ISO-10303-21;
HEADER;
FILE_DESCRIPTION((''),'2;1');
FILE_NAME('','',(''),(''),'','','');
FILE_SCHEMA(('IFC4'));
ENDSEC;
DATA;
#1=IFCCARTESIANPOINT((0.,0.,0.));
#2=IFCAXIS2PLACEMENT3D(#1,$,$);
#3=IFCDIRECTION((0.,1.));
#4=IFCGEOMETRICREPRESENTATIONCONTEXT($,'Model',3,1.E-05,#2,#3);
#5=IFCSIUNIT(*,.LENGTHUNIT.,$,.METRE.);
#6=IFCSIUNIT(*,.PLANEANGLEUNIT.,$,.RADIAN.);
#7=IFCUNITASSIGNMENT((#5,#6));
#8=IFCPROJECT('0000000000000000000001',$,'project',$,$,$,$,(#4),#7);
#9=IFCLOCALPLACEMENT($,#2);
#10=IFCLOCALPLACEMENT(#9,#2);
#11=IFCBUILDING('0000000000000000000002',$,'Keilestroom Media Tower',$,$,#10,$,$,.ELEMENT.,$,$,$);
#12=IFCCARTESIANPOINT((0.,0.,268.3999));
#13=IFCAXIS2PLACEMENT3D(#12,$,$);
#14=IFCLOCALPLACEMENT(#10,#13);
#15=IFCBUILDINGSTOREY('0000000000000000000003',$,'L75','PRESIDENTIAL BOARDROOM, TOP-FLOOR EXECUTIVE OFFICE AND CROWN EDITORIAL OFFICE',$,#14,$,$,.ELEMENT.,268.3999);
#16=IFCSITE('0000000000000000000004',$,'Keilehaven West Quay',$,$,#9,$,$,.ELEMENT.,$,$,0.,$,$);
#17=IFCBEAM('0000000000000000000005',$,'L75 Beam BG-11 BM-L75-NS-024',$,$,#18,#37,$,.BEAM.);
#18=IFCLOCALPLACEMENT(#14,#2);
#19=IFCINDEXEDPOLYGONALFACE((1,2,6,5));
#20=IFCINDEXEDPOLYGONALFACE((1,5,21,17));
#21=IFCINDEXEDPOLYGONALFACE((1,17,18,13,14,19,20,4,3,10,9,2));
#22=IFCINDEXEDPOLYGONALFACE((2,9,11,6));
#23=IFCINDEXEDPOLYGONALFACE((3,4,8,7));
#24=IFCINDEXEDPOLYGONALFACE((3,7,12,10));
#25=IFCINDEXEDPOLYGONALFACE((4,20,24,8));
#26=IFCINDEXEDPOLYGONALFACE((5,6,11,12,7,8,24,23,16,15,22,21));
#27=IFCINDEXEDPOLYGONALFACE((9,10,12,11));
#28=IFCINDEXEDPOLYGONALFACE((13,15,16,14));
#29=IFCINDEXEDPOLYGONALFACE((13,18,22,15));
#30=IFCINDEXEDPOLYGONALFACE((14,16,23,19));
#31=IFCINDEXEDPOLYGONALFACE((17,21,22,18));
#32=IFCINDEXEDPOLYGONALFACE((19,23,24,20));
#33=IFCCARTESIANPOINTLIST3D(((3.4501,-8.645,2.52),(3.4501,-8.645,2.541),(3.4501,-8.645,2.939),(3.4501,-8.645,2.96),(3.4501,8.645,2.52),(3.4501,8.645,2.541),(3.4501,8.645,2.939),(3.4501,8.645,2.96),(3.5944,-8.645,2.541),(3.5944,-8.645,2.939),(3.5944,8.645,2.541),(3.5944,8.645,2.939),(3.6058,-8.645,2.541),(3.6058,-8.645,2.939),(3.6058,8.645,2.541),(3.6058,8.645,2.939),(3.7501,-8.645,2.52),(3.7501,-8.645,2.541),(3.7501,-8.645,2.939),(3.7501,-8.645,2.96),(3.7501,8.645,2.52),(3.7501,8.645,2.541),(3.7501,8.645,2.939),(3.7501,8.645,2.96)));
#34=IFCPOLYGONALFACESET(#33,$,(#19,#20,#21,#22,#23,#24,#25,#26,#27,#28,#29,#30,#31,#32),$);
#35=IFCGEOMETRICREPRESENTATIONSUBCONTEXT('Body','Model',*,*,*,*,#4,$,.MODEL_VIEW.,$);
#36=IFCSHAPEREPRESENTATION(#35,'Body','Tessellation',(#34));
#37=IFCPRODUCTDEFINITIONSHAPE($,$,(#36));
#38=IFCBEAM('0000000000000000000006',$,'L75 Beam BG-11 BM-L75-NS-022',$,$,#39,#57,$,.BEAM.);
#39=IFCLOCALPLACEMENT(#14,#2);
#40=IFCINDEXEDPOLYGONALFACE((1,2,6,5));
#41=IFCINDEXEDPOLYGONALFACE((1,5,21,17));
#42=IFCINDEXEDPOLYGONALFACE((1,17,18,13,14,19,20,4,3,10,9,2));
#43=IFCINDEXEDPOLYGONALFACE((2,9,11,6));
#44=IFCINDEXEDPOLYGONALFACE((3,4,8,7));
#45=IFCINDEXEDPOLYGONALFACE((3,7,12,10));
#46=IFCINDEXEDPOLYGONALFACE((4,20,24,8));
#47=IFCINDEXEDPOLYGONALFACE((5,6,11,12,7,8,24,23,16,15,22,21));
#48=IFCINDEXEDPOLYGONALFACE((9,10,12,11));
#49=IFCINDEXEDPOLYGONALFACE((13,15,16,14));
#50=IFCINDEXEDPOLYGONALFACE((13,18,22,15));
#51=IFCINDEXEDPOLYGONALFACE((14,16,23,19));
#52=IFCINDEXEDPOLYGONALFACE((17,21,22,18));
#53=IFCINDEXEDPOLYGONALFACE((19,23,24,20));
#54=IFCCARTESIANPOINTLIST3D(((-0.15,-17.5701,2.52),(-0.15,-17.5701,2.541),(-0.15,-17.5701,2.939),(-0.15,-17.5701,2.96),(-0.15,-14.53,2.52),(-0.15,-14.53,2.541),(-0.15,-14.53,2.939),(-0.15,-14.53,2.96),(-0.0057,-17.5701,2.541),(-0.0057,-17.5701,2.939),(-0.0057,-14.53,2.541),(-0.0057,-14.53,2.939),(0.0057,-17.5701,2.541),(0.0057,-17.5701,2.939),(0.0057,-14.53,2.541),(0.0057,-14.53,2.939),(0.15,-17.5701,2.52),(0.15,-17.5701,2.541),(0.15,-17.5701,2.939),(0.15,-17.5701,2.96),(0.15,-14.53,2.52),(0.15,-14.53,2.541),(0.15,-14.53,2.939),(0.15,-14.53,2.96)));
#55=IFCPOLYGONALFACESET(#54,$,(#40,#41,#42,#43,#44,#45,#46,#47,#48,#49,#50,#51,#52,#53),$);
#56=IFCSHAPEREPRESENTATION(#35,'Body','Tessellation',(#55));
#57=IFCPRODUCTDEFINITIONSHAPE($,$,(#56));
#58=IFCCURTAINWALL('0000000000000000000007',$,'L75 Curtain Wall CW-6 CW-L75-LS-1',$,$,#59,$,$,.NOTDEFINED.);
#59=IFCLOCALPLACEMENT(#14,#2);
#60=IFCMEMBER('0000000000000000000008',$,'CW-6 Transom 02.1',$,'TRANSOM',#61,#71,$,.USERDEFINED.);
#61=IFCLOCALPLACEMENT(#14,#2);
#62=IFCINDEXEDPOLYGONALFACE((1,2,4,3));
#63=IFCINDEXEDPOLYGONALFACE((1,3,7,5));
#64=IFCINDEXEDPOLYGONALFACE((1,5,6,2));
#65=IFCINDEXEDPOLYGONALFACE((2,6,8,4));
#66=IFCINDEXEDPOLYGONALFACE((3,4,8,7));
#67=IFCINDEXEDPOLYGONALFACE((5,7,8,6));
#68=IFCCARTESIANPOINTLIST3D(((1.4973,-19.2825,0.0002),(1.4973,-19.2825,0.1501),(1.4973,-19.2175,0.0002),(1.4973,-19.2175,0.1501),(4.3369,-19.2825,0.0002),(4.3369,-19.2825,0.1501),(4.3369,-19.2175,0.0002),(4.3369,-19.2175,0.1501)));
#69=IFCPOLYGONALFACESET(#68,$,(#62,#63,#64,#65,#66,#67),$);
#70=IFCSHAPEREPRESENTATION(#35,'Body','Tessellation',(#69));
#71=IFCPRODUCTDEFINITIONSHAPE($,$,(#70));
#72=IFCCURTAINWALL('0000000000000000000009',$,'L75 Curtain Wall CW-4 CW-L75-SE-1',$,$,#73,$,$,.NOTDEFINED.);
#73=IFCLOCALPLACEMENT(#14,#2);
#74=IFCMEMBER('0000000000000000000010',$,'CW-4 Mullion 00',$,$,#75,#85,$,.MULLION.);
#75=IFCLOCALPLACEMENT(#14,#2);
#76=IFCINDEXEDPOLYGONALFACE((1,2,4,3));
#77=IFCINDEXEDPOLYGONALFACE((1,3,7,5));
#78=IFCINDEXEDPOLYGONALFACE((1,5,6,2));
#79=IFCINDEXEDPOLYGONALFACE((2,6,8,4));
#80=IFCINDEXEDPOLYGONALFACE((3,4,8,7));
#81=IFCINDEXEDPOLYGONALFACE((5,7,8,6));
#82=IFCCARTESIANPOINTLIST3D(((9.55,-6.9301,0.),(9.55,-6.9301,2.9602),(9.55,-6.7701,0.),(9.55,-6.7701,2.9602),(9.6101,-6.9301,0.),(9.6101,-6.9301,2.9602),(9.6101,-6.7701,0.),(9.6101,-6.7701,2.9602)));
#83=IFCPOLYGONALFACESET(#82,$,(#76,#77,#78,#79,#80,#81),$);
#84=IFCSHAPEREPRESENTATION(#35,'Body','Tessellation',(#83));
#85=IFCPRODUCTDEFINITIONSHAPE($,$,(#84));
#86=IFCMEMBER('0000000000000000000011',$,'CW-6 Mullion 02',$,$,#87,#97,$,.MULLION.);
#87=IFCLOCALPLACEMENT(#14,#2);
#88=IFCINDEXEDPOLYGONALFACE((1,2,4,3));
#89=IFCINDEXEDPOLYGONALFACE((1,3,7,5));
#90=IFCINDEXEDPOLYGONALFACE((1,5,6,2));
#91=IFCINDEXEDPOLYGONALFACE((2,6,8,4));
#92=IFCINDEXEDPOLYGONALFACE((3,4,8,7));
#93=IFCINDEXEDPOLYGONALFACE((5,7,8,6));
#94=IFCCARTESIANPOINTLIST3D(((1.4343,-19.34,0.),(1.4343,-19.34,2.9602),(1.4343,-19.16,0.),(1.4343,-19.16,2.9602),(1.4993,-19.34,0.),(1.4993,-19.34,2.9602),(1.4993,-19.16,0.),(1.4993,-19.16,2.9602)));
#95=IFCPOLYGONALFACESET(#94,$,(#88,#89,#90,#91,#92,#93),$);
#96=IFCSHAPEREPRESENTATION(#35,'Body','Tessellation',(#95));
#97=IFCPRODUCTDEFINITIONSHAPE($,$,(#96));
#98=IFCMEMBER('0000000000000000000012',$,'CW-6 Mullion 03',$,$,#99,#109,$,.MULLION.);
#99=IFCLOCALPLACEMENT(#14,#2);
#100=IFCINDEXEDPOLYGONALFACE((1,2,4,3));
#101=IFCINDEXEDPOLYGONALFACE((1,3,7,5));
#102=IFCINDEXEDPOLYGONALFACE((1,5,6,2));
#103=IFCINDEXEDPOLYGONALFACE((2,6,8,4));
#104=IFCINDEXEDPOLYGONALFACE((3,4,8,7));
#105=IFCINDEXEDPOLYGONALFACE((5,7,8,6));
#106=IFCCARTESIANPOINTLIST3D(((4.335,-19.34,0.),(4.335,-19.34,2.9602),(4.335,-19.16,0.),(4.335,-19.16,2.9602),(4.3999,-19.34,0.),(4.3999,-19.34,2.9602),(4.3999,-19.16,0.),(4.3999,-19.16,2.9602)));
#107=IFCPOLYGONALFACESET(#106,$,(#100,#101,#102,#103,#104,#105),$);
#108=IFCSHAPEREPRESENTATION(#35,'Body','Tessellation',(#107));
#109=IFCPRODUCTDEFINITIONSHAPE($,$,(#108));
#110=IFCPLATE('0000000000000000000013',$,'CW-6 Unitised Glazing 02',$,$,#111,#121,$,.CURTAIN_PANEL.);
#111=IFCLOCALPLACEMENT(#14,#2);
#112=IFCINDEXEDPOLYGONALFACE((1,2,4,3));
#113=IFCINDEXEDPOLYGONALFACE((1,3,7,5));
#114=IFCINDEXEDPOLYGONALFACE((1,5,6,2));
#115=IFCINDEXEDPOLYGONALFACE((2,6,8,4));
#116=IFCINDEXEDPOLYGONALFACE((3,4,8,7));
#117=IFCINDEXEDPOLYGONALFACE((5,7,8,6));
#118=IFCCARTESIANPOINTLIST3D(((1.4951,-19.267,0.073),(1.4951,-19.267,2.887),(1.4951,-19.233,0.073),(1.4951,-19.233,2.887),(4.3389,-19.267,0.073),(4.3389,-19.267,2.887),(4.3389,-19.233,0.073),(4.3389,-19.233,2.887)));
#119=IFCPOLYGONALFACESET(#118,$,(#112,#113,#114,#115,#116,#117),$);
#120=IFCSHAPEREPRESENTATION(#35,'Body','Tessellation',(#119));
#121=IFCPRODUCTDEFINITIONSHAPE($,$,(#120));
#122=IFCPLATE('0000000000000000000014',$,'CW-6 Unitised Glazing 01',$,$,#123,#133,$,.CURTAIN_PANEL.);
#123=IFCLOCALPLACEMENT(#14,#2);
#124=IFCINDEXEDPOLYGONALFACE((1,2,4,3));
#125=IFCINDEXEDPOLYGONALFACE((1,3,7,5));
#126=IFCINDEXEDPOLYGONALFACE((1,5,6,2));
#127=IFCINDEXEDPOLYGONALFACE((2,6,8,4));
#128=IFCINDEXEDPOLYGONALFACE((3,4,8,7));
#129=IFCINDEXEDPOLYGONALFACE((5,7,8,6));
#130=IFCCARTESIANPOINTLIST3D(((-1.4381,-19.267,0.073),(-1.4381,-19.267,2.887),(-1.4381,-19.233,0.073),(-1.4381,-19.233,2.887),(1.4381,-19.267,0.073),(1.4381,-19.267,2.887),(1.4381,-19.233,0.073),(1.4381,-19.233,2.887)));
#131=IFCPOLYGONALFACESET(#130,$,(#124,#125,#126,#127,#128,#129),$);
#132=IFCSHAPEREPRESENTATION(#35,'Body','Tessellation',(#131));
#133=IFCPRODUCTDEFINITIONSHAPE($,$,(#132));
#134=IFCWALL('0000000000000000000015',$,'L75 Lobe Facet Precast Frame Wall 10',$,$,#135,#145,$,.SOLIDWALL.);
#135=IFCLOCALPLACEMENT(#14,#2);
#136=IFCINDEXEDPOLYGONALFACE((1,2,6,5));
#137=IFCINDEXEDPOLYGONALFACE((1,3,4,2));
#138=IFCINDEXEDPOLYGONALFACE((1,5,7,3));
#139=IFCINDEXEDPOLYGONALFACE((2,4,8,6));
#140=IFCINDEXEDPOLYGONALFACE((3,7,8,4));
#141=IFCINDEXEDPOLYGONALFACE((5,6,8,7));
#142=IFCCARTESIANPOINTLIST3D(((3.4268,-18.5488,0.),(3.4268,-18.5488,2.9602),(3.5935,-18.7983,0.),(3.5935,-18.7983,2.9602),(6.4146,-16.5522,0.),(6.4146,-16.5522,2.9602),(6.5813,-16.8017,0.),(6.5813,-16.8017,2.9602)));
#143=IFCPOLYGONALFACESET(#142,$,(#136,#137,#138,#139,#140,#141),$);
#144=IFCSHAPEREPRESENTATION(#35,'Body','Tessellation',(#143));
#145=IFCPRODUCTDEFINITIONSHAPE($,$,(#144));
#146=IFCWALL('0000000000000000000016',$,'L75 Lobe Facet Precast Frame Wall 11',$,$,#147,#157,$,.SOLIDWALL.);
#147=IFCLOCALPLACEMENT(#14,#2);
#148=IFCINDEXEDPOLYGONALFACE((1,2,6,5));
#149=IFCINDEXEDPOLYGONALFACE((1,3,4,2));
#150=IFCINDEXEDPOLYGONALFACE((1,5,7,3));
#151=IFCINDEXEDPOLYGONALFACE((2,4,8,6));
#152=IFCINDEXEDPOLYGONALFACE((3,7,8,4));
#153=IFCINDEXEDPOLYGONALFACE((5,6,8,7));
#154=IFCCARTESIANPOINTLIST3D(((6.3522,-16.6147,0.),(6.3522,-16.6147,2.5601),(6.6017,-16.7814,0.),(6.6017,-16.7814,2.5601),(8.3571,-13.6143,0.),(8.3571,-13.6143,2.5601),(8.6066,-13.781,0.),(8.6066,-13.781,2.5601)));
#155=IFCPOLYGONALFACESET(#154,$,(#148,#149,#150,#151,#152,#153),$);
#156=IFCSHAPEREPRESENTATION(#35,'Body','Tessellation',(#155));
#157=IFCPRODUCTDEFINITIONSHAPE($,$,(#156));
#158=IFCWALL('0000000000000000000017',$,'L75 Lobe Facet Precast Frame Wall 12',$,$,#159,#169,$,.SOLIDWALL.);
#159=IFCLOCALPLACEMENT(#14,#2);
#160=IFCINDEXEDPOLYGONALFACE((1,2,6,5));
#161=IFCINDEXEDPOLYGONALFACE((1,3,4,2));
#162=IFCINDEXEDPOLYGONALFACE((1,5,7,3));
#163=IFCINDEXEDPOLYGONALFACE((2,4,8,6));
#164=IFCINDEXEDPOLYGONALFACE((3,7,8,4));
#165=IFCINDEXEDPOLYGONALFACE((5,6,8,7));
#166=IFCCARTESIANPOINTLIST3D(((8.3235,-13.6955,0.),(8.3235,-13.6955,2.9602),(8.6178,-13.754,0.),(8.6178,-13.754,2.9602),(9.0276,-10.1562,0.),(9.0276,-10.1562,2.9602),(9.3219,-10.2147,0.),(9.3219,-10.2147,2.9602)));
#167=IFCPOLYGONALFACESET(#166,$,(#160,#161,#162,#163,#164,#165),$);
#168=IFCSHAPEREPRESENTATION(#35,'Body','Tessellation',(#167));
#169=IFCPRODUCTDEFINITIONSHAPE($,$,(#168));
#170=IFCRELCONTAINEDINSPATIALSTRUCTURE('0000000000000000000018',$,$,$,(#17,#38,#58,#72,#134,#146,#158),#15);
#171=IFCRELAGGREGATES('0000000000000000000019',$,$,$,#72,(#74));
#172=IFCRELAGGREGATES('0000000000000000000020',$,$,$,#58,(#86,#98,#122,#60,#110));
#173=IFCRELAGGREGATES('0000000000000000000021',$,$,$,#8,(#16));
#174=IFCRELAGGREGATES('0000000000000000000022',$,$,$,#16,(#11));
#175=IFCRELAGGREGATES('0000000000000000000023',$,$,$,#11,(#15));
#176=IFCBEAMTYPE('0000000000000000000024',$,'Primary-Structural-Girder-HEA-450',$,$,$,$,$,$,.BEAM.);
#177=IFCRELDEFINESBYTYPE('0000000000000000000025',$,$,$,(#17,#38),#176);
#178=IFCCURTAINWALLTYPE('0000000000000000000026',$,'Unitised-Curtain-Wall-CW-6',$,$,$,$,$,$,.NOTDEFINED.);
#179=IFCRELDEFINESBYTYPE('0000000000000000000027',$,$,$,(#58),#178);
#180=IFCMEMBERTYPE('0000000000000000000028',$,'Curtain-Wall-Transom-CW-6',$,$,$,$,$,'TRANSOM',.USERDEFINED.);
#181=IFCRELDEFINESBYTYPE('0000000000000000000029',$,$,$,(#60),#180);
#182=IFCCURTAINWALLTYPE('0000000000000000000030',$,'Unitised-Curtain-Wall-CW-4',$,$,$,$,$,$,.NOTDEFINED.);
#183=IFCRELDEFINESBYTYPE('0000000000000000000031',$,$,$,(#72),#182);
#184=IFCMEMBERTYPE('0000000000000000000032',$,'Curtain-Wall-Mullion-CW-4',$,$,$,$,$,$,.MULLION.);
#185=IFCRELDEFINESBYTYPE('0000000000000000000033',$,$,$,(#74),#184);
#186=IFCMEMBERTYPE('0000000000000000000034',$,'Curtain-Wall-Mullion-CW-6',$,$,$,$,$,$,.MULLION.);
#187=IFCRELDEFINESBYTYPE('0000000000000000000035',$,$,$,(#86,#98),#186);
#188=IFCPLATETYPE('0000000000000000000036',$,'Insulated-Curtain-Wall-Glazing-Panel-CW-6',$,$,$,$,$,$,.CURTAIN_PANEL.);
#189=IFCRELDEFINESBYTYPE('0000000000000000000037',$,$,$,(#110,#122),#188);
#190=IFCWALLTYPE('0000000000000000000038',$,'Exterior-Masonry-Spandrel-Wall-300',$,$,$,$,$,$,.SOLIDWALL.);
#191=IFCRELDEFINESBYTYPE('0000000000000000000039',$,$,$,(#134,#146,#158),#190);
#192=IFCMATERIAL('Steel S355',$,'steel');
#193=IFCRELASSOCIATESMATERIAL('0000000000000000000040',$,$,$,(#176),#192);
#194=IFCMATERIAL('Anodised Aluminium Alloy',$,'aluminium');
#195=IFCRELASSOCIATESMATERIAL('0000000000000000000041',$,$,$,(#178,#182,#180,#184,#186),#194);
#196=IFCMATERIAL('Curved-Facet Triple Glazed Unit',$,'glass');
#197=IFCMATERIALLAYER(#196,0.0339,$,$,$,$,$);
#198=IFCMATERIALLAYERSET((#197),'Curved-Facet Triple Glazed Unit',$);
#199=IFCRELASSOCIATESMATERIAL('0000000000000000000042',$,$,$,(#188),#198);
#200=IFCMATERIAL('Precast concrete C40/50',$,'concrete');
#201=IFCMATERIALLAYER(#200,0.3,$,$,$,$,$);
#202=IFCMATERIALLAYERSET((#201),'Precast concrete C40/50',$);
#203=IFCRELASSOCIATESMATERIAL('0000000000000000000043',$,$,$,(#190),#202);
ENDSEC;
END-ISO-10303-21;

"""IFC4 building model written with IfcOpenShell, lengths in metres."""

from ifc_helpers import new_model, si_unit, direction, frame, frame_2d, origin, origin_2d, place, context, subcontext, project, spatial, rectangle, i_section, extrude, source, transform, mapped, material, layer, layer_set, material_profile, profile_set, type_object, element, aggregate, save


model = new_model("IFC4")

# Units and contexts
model_context = context("Model", 3, precision=1e-05, world=origin(), true_north=direction((0.0, 1.0)))
body_context = subcontext(model_context, "Body", "Model", "MODEL_VIEW")
ifc_project = project(units=[si_unit("LENGTHUNIT", "METRE"), si_unit("PLANEANGLEUNIT", "RADIAN")], contexts=[model_context])

# Site, building, storey
site_placement = place(None, origin())
site = spatial("IfcSite", under=ifc_project, at=site_placement, Name="Keilehaven West Quay", CompositionType="ELEMENT", RefElevation=0.0)
building_placement = place(site_placement, origin())
building = spatial("IfcBuilding", under=site, at=building_placement, Name="Keilestroom Media Tower", CompositionType="ELEMENT")
storey_placement = place(building_placement, frame((0.0, 0.0, 268.3999)))
storey = spatial("IfcBuildingStorey", under=building, at=storey_placement, Name="L75", Description="PRESIDENTIAL BOARDROOM, TOP-FLOOR EXECUTIVE OFFICE AND CROWN EDITORIAL OFFICE", CompositionType="ELEMENT", Elevation=268.3999)

# Shared definitions
ifc_material_1 = material(Name="Steel S355", Category="steel")

# Beams
ifc_material_profile_1 = material_profile(ifc_material_1, i_section(OverallWidth=0.3, OverallDepth=0.4399, WebThickness=0.0115, FlangeThickness=0.021, at=origin_2d()), Name="HEA 450")
ifc_profile_set_1 = profile_set([ifc_material_profile_1], Name="Steel S355")
beam_type_1 = type_object("IfcBeamType", Name="Primary-Structural-Girder-HEA-450", PredefinedType="BEAM", material=ifc_profile_set_1)
shared_shape_1 = source(origin(), body_context, "Body", "SweptSolid", [
    extrude(i_section(OverallWidth=0.3, OverallDepth=0.4399, WebThickness=0.0115, FlangeThickness=0.021, at=origin_2d()), origin(), (0.0, 0.0, 1.0), 17.29),
])
beam_1_placement = place(storey_placement, frame((3.6001, -8.645, 2.74), z_axis=(0.0, 1.0, 0.0), x_axis=(-1.0, 0.0, 0.0)))
element("IfcBeam", 1, at=beam_1_placement, inside=storey, type_object=beam_type_1, Name="L75 Beam BG-11 BM-L75-NS-024", PredefinedType="BEAM", context=body_context, shape_type="MappedRepresentation", body=[
    mapped(shared_shape_1, transform((0.0, 0.0, 0.0), x_axis=(1.0, 0.0, 0.0), y_axis=(0.0, 1.0, 0.0), z_axis=(0.0, 0.0, 1.0), scale=1.0)),
])
shared_shape_2 = source(origin(), body_context, "Body", "SweptSolid", [
    extrude(i_section(OverallWidth=0.3, OverallDepth=0.4399, WebThickness=0.0115, FlangeThickness=0.021, at=origin_2d()), origin(), (0.0, 0.0, 1.0), 3.04),
])
beam_2_placement = place(storey_placement, frame((0.0, -17.5701, 2.74), z_axis=(0.0, 1.0, 0.0), x_axis=(-1.0, 0.0, 0.0)))
element("IfcBeam", 2, at=beam_2_placement, inside=storey, type_object=beam_type_1, Name="L75 Beam BG-11 BM-L75-NS-022", PredefinedType="BEAM", context=body_context, shape_type="MappedRepresentation", body=[
    mapped(shared_shape_2, transform((0.0, 0.0, 0.0), x_axis=(1.0, 0.0, 0.0), y_axis=(0.0, 1.0, 0.0), z_axis=(0.0, 0.0, 1.0), scale=1.0)),
])

# Curtain walls, members
ifc_material_2 = material(Name="Anodised Aluminium Alloy", Category="aluminium")
curtain_wall_type_1 = type_object("IfcCurtainWallType", Name="Unitised-Curtain-Wall-CW-6", PredefinedType="NOTDEFINED", material=ifc_material_2)
curtain_wall_1_placement = place(storey_placement, origin())
curtain_wall_1 = element("IfcCurtainWall", 3, at=curtain_wall_1_placement, inside=storey, type_object=curtain_wall_type_1, Name="L75 Curtain Wall CW-6 CW-L75-LS-1", PredefinedType="NOTDEFINED")
ifc_material_profile_2 = material_profile(ifc_material_2, rectangle(XDim=0.0649, YDim=0.1499, at=origin_2d()), Name="ALU TRANSOM 65x150")
ifc_profile_set_2 = profile_set([ifc_material_profile_2], Name="Anodised Aluminium Alloy")
member_type_1 = type_object("IfcMemberType", Name="Curtain-Wall-Transom-CW-6", ElementType="TRANSOM", PredefinedType="USERDEFINED", material=ifc_profile_set_2)
shared_shape_3 = source(origin(), body_context, "Body", "SweptSolid", [
    extrude(rectangle(XDim=0.0649, YDim=0.1499, at=origin_2d()), origin(), (0.0, 0.0, 1.0), 2.8396),
])
member_1_placement = place(storey_placement, frame((1.4973, -19.25, 0.0752), z_axis=(1.0, 0.0, 0.0), x_axis=(0.0, 1.0, 0.0)))
member_1 = element("IfcMember", 4, at=member_1_placement, type_object=member_type_1, Name="CW-6 Transom 02.1", ObjectType="TRANSOM", PredefinedType="USERDEFINED", context=body_context, shape_type="MappedRepresentation", body=[
    mapped(shared_shape_3, transform((0.0, 0.0, 0.0), x_axis=(1.0, 0.0, 0.0), y_axis=(0.0, 1.0, 0.0), z_axis=(0.0, 0.0, 1.0), scale=1.0)),
])
curtain_wall_type_2 = type_object("IfcCurtainWallType", Name="Unitised-Curtain-Wall-CW-4", PredefinedType="NOTDEFINED", material=ifc_material_2)
curtain_wall_2_placement = place(storey_placement, origin())
curtain_wall_2 = element("IfcCurtainWall", 5, at=curtain_wall_2_placement, inside=storey, type_object=curtain_wall_type_2, Name="L75 Curtain Wall CW-4 CW-L75-SE-1", PredefinedType="NOTDEFINED")
ifc_material_profile_3 = material_profile(ifc_material_2, rectangle(XDim=0.0601, YDim=0.1599, at=origin_2d()), Name="ALU MULLION 60x160")
ifc_profile_set_3 = profile_set([ifc_material_profile_3], Name="Anodised Aluminium Alloy")
member_type_2 = type_object("IfcMemberType", Name="Curtain-Wall-Mullion-CW-4", PredefinedType="MULLION", material=ifc_profile_set_3)
shared_shape_4 = source(origin(), body_context, "Body", "SweptSolid", [
    extrude(rectangle(XDim=0.0601, YDim=0.1599, at=origin_2d()), origin(), (0.0, 0.0, 1.0), 2.9602),
])
member_2_placement = place(storey_placement, frame((9.5801, -6.8501, 0.0), z_axis=(0.0, 0.0, 1.0), x_axis=(1.0, 0.0, 0.0)))
member_2 = element("IfcMember", 6, at=member_2_placement, type_object=member_type_2, Name="CW-4 Mullion 00", PredefinedType="MULLION", context=body_context, shape_type="MappedRepresentation", body=[
    mapped(shared_shape_4, transform((0.0, 0.0, 0.0), x_axis=(1.0, 0.0, 0.0), y_axis=(0.0, 1.0, 0.0), z_axis=(0.0, 0.0, 1.0), scale=1.0)),
])
aggregate(curtain_wall_2, [member_2])

# Members
ifc_material_profile_4 = material_profile(ifc_material_2, rectangle(XDim=0.0649, YDim=0.1799, at=origin_2d()), Name="ALU MULLION 65x180")
ifc_profile_set_4 = profile_set([ifc_material_profile_4], Name="Anodised Aluminium Alloy")
member_type_3 = type_object("IfcMemberType", Name="Curtain-Wall-Mullion-CW-6", PredefinedType="MULLION", material=ifc_profile_set_4)
shared_shape_5 = source(origin(), body_context, "Body", "SweptSolid", [
    extrude(rectangle(XDim=0.0649, YDim=0.1799, at=origin_2d()), origin(), (0.0, 0.0, 1.0), 2.9602),
])
member_3_placement = place(storey_placement, frame((1.4668, -19.25, 0.0), z_axis=(0.0, 0.0, 1.0), x_axis=(1.0, 0.0, 0.0)))
member_3 = element("IfcMember", 7, at=member_3_placement, type_object=member_type_3, Name="CW-6 Mullion 02", PredefinedType="MULLION", context=body_context, shape_type="MappedRepresentation", body=[
    mapped(shared_shape_5, transform((0.0, 0.0, 0.0), x_axis=(1.0, 0.0, 0.0), y_axis=(0.0, 1.0, 0.0), z_axis=(0.0, 0.0, 1.0), scale=1.0)),
])
member_4_placement = place(storey_placement, frame((4.3674, -19.25, 0.0), z_axis=(0.0, 0.0, 1.0), x_axis=(1.0, 0.0, 0.0)))
member_4 = element("IfcMember", 8, at=member_4_placement, type_object=member_type_3, Name="CW-6 Mullion 03", PredefinedType="MULLION", context=body_context, shape_type="MappedRepresentation", body=[
    mapped(shared_shape_5, transform((0.0, 0.0, 0.0), x_axis=(1.0, 0.0, 0.0), y_axis=(0.0, 1.0, 0.0), z_axis=(0.0, 0.0, 1.0), scale=1.0)),
])

# Plates
ifc_material_3 = material(Name="Curved-Facet Triple Glazed Unit", Category="glass")
ifc_layer_1 = layer(ifc_material_3, 0.0339)
ifc_layer_set_1 = layer_set([ifc_layer_1], Name="Curved-Facet Triple Glazed Unit")
plate_type = type_object("IfcPlateType", Name="Insulated-Curtain-Wall-Glazing-Panel-CW-6", PredefinedType="CURTAIN_PANEL", material=ifc_layer_set_1)
shared_shape_6 = source(origin(), body_context, "Body", "SweptSolid", [
    extrude(rectangle(XDim=2.8438, YDim=0.0339, at=origin_2d()), origin(), (0.0, 0.0, 1.0), 2.814),
])
plate_1_placement = place(storey_placement, frame((2.917, -19.25, 0.073), z_axis=(0.0, 0.0, 1.0), x_axis=(1.0, 0.0, 0.0)))
plate_1 = element("IfcPlate", 9, at=plate_1_placement, type_object=plate_type, Name="CW-6 Unitised Glazing 02", PredefinedType="CURTAIN_PANEL", context=body_context, shape_type="MappedRepresentation", body=[
    mapped(shared_shape_6, transform((0.0, 0.0, 0.0), x_axis=(1.0, 0.0, 0.0), y_axis=(0.0, 1.0, 0.0), z_axis=(0.0, 0.0, 1.0), scale=1.0)),
])
shared_shape_7 = source(origin(), body_context, "Body", "SweptSolid", [
    extrude(rectangle(XDim=2.8762, YDim=0.0339, at=origin_2d()), origin(), (0.0, 0.0, 1.0), 2.814),
])
plate_2_placement = place(storey_placement, frame((0.0, -19.25, 0.073), z_axis=(0.0, 0.0, 1.0), x_axis=(1.0, 0.0, 0.0)))
plate_2 = element("IfcPlate", 10, at=plate_2_placement, type_object=plate_type, Name="CW-6 Unitised Glazing 01", PredefinedType="CURTAIN_PANEL", context=body_context, shape_type="MappedRepresentation", body=[
    mapped(shared_shape_7, transform((0.0, 0.0, 0.0), x_axis=(1.0, 0.0, 0.0), y_axis=(0.0, 1.0, 0.0), z_axis=(0.0, 0.0, 1.0), scale=1.0)),
])
aggregate(curtain_wall_1, [member_3, member_4, plate_2, member_1, plate_1])

# Walls
ifc_material_4 = material(Name="Precast concrete C40/50", Category="concrete")
ifc_layer_2 = layer(ifc_material_4, 0.3)
ifc_layer_set_2 = layer_set([ifc_layer_2], Name="Precast concrete C40/50")
wall_type_1 = type_object("IfcWallType", Name="Exterior-Masonry-Spandrel-Wall-300", PredefinedType="SOLIDWALL", material=ifc_layer_set_2)
wall_1_placement = place(storey_placement, frame((3.51, -18.6736, 0.0), z_axis=(0.0, 0.0, 1.0), x_axis=(0.831444, 0.555609, 0.0)))
element("IfcWall", 11, at=wall_1_placement, inside=storey, type_object=wall_type_1, Name="L75 Lobe Facet Precast Frame Wall 10", PredefinedType="SOLIDWALL", context=body_context, shape_type="SweptSolid", body=[
    extrude(rectangle(XDim=3.5935, YDim=0.3, at=frame_2d((1.7969, 0.0))), origin(), (0.0, 0.0, 1.0), 2.9602),
])
wall_2_placement = place(storey_placement, frame((6.4771, -16.698, 0.0), z_axis=(0.0, 0.0, 1.0), x_axis=(0.555574, 0.831467, 0.0)))
element("IfcWall", 12, at=wall_2_placement, inside=storey, type_object=wall_type_1, Name="L75 Lobe Facet Precast Frame Wall 11", PredefinedType="SOLIDWALL", context=body_context, shape_type="SweptSolid", body=[
    extrude(rectangle(XDim=3.6086, YDim=0.3, at=frame_2d((1.8042, 0.0))), origin(), (0.0, 0.0, 1.0), 2.5601),
])
wall_3_placement = place(storey_placement, frame((8.4707, -13.7246, 0.0), z_axis=(0.0, 0.0, 1.0), x_axis=(0.195114, 0.980781, 0.0)))
element("IfcWall", 13, at=wall_3_placement, inside=storey, type_object=wall_type_1, Name="L75 Lobe Facet Precast Frame Wall 12", PredefinedType="SOLIDWALL", context=body_context, shape_type="SweptSolid", body=[
    extrude(rectangle(XDim=3.6086, YDim=0.3, at=frame_2d((1.8042, 0.0))), origin(), (0.0, 0.0, 1.0), 2.9602),
])

save(model, "model.ifc")
